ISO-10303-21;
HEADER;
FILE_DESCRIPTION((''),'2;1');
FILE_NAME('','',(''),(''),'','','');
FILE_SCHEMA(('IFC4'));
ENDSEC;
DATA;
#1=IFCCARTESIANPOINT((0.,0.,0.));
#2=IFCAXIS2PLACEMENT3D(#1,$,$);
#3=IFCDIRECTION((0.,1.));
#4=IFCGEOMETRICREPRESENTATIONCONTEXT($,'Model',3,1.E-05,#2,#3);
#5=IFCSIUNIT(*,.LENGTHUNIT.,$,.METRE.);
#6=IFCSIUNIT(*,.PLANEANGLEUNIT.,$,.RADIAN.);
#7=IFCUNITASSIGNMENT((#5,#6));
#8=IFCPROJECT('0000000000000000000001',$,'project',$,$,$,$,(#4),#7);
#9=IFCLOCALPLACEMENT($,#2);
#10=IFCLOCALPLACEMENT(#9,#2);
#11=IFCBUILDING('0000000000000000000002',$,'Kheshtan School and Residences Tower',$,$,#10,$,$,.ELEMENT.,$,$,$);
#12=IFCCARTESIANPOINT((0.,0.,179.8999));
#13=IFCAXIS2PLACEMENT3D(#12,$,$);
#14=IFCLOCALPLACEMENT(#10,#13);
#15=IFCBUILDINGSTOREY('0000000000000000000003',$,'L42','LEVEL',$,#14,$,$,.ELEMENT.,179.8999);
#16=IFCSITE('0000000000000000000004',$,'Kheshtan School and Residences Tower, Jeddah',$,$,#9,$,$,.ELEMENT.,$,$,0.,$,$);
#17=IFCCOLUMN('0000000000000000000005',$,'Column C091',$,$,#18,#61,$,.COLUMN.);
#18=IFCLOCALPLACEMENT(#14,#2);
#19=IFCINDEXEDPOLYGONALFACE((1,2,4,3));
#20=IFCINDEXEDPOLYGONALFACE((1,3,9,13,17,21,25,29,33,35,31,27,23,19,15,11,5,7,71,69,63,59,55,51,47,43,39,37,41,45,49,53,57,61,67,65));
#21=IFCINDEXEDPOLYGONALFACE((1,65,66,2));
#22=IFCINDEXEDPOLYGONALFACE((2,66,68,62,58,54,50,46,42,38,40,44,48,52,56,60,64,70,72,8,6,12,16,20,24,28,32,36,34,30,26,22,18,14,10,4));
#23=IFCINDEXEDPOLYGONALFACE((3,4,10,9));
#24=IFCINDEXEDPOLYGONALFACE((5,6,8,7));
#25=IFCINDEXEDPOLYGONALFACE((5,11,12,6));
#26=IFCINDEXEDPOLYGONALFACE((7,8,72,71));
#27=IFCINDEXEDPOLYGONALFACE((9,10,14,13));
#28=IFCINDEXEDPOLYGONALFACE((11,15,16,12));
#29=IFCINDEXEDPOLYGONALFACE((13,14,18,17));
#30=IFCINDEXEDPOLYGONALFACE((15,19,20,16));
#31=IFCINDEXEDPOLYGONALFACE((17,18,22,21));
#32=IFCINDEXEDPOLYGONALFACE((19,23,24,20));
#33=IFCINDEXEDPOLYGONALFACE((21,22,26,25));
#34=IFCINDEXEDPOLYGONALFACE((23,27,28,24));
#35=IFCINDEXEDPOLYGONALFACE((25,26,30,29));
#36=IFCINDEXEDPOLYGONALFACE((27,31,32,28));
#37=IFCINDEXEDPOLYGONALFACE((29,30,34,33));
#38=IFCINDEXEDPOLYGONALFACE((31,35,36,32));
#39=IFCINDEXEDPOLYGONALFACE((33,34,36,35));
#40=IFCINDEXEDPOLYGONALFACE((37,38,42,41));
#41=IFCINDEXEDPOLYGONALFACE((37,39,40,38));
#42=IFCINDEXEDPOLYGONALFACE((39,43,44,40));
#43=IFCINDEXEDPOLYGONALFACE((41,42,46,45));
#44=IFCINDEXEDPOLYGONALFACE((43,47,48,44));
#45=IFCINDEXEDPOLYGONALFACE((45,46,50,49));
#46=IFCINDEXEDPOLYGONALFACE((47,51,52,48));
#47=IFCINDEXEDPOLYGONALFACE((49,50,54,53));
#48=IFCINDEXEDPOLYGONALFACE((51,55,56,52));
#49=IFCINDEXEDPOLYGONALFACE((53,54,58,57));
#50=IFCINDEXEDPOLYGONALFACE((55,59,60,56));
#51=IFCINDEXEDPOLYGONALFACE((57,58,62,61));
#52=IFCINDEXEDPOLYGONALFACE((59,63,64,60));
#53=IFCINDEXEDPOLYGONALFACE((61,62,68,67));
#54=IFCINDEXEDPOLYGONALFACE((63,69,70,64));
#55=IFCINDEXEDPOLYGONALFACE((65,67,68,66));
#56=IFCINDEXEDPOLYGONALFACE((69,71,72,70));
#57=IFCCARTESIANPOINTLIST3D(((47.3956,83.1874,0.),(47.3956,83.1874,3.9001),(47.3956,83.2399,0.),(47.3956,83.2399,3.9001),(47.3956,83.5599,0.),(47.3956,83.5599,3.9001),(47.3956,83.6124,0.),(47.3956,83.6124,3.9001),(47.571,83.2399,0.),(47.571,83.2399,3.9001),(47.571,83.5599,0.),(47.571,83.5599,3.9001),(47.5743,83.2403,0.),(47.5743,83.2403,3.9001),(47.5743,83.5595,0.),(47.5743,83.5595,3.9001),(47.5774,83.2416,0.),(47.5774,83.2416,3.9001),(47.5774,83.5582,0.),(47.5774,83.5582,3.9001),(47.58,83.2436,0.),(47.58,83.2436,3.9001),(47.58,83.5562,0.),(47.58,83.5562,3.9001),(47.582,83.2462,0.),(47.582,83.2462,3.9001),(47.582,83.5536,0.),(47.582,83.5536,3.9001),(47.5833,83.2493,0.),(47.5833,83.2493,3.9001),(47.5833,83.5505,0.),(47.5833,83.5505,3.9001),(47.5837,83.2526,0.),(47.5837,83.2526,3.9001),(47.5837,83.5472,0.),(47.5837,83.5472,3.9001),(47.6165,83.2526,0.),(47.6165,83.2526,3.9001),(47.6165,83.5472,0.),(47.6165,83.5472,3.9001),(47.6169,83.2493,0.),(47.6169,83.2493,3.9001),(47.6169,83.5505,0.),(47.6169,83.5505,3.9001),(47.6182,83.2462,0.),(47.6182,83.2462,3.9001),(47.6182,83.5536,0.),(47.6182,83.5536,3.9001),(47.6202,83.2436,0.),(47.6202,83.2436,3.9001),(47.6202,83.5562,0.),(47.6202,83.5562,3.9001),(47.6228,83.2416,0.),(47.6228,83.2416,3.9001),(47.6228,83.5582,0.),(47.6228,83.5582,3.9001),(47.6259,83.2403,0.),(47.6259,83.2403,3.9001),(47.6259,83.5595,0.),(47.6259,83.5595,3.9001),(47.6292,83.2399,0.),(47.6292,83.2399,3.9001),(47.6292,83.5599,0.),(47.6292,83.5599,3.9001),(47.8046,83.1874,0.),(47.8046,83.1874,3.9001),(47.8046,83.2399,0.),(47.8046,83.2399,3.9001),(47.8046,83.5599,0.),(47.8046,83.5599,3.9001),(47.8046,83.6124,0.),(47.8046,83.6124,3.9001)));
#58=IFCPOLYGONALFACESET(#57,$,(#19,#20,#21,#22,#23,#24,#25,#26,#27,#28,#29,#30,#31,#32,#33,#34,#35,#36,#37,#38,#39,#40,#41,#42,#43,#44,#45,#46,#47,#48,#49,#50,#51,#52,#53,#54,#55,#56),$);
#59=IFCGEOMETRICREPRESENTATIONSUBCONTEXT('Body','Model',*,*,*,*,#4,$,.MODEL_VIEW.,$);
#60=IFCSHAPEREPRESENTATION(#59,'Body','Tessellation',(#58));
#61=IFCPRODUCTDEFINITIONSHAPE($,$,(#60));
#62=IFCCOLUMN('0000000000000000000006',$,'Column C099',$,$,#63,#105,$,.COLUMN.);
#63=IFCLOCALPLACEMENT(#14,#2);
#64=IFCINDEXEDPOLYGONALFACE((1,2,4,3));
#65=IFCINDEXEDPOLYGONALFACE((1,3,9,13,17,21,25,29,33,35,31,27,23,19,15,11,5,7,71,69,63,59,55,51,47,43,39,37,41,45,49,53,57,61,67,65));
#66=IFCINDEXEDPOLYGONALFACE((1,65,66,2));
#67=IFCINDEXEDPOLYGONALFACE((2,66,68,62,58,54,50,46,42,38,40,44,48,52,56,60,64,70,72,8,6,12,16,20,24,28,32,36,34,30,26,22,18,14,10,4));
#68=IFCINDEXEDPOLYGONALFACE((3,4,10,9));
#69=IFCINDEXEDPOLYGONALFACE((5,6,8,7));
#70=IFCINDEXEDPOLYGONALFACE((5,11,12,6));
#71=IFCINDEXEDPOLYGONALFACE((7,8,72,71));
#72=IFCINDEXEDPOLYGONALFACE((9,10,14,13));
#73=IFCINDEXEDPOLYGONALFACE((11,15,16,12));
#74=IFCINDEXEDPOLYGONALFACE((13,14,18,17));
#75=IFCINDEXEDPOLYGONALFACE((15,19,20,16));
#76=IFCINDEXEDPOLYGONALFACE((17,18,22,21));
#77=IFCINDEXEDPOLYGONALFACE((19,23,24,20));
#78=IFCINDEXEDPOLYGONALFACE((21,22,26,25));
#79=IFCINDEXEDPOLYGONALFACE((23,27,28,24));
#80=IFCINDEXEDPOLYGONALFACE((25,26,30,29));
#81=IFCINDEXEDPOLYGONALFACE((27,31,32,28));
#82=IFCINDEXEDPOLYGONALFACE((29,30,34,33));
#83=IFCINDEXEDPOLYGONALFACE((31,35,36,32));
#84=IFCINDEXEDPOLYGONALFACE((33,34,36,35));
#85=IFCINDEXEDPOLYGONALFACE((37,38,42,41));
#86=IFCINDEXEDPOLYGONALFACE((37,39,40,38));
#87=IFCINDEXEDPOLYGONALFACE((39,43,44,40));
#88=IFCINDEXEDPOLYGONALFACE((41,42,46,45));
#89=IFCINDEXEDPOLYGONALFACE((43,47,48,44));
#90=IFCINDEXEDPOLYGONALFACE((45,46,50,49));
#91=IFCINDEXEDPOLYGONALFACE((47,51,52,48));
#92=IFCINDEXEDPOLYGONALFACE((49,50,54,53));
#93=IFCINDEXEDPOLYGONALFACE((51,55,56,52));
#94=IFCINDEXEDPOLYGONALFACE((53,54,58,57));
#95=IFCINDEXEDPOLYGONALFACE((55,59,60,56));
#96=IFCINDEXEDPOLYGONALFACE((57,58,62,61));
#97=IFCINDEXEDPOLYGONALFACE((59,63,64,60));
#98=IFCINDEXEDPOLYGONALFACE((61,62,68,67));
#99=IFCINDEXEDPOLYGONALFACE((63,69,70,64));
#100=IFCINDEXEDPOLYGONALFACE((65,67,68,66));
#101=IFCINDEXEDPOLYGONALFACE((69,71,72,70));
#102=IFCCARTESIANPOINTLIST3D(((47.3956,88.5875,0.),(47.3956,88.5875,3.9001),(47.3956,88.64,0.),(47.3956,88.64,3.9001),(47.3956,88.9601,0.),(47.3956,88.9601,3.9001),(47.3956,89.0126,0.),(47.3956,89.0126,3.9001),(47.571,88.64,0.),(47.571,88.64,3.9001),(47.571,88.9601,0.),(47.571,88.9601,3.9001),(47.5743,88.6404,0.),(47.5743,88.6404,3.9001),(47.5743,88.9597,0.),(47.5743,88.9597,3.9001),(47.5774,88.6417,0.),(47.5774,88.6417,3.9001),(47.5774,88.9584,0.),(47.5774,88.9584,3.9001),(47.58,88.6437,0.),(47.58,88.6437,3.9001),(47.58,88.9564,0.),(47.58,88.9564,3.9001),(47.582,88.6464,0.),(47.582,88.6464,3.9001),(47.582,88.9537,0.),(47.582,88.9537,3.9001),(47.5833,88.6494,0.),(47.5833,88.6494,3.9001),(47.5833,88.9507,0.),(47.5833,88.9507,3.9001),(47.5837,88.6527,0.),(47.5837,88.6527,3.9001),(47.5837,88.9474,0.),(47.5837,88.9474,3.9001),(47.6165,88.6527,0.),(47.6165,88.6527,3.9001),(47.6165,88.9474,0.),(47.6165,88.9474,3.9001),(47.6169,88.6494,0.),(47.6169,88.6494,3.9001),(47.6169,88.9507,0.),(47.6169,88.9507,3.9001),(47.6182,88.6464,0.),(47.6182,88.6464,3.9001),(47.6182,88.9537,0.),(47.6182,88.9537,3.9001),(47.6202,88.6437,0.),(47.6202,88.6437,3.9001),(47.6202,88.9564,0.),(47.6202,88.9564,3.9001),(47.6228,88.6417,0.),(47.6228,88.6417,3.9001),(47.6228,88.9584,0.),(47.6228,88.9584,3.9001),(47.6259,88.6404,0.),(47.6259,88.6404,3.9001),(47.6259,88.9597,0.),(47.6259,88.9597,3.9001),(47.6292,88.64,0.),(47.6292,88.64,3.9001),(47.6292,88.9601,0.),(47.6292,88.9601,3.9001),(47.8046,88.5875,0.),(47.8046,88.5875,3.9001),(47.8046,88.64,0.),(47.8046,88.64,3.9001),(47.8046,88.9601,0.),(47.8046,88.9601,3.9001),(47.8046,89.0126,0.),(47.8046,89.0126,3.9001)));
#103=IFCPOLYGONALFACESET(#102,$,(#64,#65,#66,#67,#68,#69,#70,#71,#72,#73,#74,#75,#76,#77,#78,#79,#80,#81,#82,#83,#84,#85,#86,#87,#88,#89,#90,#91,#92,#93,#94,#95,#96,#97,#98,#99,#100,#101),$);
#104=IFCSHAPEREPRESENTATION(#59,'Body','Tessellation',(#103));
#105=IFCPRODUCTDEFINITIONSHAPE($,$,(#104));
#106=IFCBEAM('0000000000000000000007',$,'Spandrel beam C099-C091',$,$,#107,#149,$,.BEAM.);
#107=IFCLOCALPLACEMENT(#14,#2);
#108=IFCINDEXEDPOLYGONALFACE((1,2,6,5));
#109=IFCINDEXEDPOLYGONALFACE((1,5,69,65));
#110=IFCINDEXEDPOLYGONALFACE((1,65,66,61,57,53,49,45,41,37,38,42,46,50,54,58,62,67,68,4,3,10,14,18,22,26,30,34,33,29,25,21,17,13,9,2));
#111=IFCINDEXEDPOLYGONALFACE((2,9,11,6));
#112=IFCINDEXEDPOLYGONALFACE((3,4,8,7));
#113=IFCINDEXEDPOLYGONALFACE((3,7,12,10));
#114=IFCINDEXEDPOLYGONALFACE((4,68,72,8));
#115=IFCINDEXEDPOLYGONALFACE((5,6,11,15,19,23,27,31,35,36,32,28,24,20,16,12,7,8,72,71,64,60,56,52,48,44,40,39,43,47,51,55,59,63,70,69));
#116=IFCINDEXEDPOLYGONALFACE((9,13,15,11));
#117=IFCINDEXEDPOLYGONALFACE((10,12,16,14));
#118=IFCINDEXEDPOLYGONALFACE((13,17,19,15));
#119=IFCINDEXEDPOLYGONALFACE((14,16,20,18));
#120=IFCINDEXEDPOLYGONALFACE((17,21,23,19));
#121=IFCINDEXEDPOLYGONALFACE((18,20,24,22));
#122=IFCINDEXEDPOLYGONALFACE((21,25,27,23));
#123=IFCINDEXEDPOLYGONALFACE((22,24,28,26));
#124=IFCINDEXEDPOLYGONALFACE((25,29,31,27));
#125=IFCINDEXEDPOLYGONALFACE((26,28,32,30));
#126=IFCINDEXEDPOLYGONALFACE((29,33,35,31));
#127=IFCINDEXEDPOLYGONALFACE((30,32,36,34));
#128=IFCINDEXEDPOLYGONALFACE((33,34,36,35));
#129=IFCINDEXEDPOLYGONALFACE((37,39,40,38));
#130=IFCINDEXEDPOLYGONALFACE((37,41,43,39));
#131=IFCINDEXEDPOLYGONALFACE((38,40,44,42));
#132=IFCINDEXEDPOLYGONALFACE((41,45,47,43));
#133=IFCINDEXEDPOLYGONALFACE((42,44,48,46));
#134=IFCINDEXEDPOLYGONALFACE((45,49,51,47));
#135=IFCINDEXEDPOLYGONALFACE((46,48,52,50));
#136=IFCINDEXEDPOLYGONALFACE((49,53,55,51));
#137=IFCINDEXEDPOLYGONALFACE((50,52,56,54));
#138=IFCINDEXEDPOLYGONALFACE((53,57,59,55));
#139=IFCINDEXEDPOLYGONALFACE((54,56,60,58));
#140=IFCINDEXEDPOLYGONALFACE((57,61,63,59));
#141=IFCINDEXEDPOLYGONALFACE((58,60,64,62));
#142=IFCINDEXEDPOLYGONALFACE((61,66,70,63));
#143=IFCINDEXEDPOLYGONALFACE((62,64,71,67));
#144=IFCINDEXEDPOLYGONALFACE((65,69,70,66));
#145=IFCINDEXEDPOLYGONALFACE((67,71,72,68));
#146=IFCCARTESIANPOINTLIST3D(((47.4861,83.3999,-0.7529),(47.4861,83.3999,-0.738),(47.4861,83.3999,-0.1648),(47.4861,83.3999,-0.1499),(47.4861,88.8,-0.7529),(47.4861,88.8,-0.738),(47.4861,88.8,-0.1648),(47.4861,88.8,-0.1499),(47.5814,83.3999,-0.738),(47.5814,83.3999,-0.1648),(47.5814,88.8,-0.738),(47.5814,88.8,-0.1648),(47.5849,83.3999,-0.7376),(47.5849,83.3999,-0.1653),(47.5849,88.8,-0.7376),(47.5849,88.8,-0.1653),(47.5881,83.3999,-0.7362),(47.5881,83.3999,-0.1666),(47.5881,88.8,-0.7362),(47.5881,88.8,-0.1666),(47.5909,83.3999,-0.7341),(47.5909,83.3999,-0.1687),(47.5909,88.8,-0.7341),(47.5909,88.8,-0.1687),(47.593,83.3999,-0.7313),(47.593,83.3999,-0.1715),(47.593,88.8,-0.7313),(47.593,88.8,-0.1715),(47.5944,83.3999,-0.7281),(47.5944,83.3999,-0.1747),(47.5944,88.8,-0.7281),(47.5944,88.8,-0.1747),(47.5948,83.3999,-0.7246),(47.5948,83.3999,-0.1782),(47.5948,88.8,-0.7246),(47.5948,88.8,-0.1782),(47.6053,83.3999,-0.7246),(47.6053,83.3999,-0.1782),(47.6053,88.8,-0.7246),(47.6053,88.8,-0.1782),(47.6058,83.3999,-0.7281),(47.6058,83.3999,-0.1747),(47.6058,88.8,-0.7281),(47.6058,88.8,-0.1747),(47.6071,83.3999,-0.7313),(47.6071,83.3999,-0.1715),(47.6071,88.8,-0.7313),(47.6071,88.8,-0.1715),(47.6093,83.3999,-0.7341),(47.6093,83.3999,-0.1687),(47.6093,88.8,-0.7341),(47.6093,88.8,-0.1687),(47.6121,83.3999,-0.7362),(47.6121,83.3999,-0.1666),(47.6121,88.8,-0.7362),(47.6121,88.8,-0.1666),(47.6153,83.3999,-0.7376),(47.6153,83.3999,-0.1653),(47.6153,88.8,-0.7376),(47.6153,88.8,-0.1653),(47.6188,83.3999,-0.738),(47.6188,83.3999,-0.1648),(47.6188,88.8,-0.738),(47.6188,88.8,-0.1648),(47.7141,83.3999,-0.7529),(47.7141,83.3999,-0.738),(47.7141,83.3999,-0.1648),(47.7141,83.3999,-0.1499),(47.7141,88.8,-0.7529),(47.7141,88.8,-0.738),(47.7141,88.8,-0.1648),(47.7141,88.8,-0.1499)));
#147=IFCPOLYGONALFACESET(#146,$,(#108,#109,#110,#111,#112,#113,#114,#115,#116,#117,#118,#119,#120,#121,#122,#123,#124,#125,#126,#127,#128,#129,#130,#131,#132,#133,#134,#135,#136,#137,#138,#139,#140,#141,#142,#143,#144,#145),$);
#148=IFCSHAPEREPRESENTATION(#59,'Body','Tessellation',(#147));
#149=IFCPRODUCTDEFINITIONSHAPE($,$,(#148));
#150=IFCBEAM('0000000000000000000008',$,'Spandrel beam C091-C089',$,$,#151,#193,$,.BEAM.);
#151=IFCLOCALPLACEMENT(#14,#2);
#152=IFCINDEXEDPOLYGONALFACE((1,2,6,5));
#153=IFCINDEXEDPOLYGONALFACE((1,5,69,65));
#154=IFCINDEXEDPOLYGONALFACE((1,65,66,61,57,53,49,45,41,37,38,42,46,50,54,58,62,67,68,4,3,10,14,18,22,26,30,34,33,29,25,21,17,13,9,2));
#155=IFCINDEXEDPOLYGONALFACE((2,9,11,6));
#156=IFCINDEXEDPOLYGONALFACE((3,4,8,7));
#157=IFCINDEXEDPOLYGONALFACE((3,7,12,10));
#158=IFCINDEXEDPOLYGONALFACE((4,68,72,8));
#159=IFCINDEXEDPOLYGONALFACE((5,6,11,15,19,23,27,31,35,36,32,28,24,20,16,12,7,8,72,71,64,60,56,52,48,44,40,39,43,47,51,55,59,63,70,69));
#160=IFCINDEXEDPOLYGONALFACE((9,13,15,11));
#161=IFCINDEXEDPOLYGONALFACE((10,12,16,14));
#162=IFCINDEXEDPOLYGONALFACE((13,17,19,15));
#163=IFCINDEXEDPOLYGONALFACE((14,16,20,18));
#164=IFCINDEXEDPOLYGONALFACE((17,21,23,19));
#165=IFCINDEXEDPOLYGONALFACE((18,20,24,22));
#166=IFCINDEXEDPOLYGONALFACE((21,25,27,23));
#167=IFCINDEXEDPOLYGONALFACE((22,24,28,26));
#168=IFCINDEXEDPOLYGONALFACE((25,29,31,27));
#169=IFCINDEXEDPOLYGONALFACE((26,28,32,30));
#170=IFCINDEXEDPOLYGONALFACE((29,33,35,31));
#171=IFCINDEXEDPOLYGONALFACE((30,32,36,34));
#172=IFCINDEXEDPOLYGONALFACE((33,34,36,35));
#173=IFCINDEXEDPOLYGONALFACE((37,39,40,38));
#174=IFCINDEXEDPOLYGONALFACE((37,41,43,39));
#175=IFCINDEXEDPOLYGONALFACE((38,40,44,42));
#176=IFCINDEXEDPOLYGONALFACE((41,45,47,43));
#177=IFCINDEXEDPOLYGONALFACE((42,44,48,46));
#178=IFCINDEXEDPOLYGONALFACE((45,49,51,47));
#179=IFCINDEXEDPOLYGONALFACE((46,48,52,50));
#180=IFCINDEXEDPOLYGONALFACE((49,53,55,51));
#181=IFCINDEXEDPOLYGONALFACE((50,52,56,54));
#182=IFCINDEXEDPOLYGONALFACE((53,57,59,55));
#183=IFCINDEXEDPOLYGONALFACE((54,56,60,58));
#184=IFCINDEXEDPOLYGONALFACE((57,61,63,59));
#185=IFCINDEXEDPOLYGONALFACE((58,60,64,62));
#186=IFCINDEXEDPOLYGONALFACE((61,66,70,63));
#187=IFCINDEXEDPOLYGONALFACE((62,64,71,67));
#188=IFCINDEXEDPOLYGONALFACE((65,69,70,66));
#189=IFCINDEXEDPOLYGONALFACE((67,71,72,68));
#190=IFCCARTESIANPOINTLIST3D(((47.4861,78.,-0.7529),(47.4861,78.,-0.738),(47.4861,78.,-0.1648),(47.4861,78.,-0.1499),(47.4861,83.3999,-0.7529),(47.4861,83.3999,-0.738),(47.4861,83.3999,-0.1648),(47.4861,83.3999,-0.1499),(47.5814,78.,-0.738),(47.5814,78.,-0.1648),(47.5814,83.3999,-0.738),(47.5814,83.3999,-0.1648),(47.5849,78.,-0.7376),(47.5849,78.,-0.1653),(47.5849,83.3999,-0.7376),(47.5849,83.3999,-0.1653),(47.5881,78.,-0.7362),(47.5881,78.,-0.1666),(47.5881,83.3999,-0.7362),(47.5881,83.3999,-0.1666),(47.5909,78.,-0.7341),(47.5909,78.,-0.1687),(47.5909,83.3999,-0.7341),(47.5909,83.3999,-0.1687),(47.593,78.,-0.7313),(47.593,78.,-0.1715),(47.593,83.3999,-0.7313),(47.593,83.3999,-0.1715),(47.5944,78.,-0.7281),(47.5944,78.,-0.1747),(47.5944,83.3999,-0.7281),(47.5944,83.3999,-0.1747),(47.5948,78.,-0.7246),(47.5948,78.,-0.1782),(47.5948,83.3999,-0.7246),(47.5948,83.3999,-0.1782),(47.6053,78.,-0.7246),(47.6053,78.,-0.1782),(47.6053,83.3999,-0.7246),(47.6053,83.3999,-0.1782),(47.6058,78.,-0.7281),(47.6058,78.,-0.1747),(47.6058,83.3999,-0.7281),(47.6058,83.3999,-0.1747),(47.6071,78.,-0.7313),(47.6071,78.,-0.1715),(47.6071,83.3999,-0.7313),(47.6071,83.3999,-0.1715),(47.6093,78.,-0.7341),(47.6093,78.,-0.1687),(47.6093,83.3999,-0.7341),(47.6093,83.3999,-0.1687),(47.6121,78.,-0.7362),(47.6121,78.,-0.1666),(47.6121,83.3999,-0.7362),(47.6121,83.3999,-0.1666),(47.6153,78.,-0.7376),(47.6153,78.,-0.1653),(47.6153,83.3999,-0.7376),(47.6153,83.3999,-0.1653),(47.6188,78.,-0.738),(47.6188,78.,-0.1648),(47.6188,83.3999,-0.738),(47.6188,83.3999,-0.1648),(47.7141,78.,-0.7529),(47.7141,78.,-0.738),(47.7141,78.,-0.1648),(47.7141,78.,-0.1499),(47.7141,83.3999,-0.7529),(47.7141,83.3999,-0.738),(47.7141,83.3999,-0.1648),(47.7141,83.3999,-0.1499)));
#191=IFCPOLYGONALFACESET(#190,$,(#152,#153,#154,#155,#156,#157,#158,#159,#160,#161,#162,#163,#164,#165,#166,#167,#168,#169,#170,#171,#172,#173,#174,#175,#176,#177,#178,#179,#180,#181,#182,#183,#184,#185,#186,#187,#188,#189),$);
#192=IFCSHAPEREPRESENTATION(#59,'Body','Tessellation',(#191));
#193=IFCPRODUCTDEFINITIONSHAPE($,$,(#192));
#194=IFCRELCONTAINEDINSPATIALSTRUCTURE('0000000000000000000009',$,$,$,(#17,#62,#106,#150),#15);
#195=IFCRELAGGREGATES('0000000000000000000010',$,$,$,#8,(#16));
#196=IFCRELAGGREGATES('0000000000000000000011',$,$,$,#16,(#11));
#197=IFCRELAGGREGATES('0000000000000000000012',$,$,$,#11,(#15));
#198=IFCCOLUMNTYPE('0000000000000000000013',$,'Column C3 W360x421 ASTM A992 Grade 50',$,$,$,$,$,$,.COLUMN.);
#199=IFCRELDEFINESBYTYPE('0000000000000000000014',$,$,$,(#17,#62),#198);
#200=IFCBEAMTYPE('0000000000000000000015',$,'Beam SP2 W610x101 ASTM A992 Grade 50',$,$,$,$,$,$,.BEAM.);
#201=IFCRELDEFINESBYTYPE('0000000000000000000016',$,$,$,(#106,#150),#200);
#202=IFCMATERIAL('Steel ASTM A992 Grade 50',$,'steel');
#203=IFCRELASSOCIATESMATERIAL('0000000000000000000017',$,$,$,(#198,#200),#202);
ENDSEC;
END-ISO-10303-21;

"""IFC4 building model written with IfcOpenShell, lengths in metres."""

from ifc_helpers import new_model, si_unit, direction, frame, origin, origin_2d, place, context, subcontext, project, spatial, i_section, extrude, material, material_profile, profile_set, type_object, element, save


model = new_model("IFC4")

# Units and contexts
model_context = context("Model", 3, precision=1e-05, world=origin(), true_north=direction((0.0, 1.0)))
body_context = subcontext(model_context, "Body", "Model", "MODEL_VIEW")
ifc_project = project(units=[si_unit("LENGTHUNIT", "METRE"), si_unit("PLANEANGLEUNIT", "RADIAN")], contexts=[model_context])

# Site, building, storey
site_placement = place(None, origin())
site = spatial("IfcSite", under=ifc_project, at=site_placement, Name="Kheshtan School and Residences Tower, Jeddah", CompositionType="ELEMENT", RefElevation=0.0)
building_placement = place(site_placement, origin())
building = spatial("IfcBuilding", under=site, at=building_placement, Name="Kheshtan School and Residences Tower", CompositionType="ELEMENT")
storey_placement = place(building_placement, frame((0.0, 0.0, 179.8999)))
storey = spatial("IfcBuildingStorey", under=building, at=storey_placement, Name="L42", Description="LEVEL", CompositionType="ELEMENT", Elevation=179.8999)

# Columns
ifc_material_1 = material(Name="Steel ASTM A992 Grade 50", Category="steel")
ifc_material_profile_1 = material_profile(ifc_material_1, i_section(OverallWidth=0.4089, OverallDepth=0.425, WebThickness=0.0327, FlangeThickness=0.0525, FilletRadius=0.0127, at=origin_2d()), Name="W360x421")
ifc_profile_set_1 = profile_set([ifc_material_profile_1], Name="Steel ASTM A992 Grade 50")
column_type = type_object("IfcColumnType", Name="Column C3 W360x421 ASTM A992 Grade 50", PredefinedType="COLUMN", material=ifc_profile_set_1)
for number, where, z_axis, x_axis, name in (
    (1, (47.6001, 83.3999, 0.0), (0.0, 0.0, 1.0), (1.0, 0.0, 0.0), "Column C091"),
    (2, (47.6001, 88.8, 0.0), (0.0, 0.0, 1.0), (1.0, 0.0, 0.0), "Column C099"),
):
    element("IfcColumn", number, at=place(storey_placement, frame(where, z_axis=z_axis, x_axis=x_axis)), inside=storey, type_object=column_type, Name=name, PredefinedType="COLUMN", context=body_context, shape_type="SweptSolid", body=[
        extrude(i_section(OverallWidth=0.4089, OverallDepth=0.425, WebThickness=0.0327, FlangeThickness=0.0525, FilletRadius=0.0127, at=origin_2d()), origin(), (0.0, 0.0, 1.0), 3.9001),
    ])

# Beams
ifc_material_profile_2 = material_profile(ifc_material_1, i_section(OverallWidth=0.228, OverallDepth=0.603, WebThickness=0.0105, FlangeThickness=0.0149, FilletRadius=0.0134, at=origin_2d()), Name="W610x101")
ifc_profile_set_2 = profile_set([ifc_material_profile_2], Name="Steel ASTM A992 Grade 50")
beam_type = type_object("IfcBeamType", Name="Beam SP2 W610x101 ASTM A992 Grade 50", PredefinedType="BEAM", material=ifc_profile_set_2)
beam_1_placement = place(storey_placement, frame((47.6001, 88.8, -0.4514), z_axis=(0.0, -1.0, 0.0), x_axis=(1.0, 0.0, 0.0)))
element("IfcBeam", 3, at=beam_1_placement, inside=storey, type_object=beam_type, Name="Spandrel beam C099-C091", PredefinedType="BEAM", context=body_context, shape_type="SweptSolid", body=[
    extrude(i_section(OverallWidth=0.228, OverallDepth=0.603, WebThickness=0.0105, FlangeThickness=0.0149, FilletRadius=0.0134, at=origin_2d()), origin(), (0.0, 0.0, 1.0), 5.4001),
])
beam_2_placement = place(storey_placement, frame((47.6001, 83.3999, -0.4514), z_axis=(0.0, -1.0, 0.0), x_axis=(1.0, 0.0, 0.0)))
element("IfcBeam", 4, at=beam_2_placement, inside=storey, type_object=beam_type, Name="Spandrel beam C091-C089", PredefinedType="BEAM", context=body_context, shape_type="SweptSolid", body=[
    extrude(i_section(OverallWidth=0.228, OverallDepth=0.603, WebThickness=0.0105, FlangeThickness=0.0149, FilletRadius=0.0134, at=origin_2d()), origin(), (0.0, 0.0, 1.0), 5.3999),
])

save(model, "model.ifc")
